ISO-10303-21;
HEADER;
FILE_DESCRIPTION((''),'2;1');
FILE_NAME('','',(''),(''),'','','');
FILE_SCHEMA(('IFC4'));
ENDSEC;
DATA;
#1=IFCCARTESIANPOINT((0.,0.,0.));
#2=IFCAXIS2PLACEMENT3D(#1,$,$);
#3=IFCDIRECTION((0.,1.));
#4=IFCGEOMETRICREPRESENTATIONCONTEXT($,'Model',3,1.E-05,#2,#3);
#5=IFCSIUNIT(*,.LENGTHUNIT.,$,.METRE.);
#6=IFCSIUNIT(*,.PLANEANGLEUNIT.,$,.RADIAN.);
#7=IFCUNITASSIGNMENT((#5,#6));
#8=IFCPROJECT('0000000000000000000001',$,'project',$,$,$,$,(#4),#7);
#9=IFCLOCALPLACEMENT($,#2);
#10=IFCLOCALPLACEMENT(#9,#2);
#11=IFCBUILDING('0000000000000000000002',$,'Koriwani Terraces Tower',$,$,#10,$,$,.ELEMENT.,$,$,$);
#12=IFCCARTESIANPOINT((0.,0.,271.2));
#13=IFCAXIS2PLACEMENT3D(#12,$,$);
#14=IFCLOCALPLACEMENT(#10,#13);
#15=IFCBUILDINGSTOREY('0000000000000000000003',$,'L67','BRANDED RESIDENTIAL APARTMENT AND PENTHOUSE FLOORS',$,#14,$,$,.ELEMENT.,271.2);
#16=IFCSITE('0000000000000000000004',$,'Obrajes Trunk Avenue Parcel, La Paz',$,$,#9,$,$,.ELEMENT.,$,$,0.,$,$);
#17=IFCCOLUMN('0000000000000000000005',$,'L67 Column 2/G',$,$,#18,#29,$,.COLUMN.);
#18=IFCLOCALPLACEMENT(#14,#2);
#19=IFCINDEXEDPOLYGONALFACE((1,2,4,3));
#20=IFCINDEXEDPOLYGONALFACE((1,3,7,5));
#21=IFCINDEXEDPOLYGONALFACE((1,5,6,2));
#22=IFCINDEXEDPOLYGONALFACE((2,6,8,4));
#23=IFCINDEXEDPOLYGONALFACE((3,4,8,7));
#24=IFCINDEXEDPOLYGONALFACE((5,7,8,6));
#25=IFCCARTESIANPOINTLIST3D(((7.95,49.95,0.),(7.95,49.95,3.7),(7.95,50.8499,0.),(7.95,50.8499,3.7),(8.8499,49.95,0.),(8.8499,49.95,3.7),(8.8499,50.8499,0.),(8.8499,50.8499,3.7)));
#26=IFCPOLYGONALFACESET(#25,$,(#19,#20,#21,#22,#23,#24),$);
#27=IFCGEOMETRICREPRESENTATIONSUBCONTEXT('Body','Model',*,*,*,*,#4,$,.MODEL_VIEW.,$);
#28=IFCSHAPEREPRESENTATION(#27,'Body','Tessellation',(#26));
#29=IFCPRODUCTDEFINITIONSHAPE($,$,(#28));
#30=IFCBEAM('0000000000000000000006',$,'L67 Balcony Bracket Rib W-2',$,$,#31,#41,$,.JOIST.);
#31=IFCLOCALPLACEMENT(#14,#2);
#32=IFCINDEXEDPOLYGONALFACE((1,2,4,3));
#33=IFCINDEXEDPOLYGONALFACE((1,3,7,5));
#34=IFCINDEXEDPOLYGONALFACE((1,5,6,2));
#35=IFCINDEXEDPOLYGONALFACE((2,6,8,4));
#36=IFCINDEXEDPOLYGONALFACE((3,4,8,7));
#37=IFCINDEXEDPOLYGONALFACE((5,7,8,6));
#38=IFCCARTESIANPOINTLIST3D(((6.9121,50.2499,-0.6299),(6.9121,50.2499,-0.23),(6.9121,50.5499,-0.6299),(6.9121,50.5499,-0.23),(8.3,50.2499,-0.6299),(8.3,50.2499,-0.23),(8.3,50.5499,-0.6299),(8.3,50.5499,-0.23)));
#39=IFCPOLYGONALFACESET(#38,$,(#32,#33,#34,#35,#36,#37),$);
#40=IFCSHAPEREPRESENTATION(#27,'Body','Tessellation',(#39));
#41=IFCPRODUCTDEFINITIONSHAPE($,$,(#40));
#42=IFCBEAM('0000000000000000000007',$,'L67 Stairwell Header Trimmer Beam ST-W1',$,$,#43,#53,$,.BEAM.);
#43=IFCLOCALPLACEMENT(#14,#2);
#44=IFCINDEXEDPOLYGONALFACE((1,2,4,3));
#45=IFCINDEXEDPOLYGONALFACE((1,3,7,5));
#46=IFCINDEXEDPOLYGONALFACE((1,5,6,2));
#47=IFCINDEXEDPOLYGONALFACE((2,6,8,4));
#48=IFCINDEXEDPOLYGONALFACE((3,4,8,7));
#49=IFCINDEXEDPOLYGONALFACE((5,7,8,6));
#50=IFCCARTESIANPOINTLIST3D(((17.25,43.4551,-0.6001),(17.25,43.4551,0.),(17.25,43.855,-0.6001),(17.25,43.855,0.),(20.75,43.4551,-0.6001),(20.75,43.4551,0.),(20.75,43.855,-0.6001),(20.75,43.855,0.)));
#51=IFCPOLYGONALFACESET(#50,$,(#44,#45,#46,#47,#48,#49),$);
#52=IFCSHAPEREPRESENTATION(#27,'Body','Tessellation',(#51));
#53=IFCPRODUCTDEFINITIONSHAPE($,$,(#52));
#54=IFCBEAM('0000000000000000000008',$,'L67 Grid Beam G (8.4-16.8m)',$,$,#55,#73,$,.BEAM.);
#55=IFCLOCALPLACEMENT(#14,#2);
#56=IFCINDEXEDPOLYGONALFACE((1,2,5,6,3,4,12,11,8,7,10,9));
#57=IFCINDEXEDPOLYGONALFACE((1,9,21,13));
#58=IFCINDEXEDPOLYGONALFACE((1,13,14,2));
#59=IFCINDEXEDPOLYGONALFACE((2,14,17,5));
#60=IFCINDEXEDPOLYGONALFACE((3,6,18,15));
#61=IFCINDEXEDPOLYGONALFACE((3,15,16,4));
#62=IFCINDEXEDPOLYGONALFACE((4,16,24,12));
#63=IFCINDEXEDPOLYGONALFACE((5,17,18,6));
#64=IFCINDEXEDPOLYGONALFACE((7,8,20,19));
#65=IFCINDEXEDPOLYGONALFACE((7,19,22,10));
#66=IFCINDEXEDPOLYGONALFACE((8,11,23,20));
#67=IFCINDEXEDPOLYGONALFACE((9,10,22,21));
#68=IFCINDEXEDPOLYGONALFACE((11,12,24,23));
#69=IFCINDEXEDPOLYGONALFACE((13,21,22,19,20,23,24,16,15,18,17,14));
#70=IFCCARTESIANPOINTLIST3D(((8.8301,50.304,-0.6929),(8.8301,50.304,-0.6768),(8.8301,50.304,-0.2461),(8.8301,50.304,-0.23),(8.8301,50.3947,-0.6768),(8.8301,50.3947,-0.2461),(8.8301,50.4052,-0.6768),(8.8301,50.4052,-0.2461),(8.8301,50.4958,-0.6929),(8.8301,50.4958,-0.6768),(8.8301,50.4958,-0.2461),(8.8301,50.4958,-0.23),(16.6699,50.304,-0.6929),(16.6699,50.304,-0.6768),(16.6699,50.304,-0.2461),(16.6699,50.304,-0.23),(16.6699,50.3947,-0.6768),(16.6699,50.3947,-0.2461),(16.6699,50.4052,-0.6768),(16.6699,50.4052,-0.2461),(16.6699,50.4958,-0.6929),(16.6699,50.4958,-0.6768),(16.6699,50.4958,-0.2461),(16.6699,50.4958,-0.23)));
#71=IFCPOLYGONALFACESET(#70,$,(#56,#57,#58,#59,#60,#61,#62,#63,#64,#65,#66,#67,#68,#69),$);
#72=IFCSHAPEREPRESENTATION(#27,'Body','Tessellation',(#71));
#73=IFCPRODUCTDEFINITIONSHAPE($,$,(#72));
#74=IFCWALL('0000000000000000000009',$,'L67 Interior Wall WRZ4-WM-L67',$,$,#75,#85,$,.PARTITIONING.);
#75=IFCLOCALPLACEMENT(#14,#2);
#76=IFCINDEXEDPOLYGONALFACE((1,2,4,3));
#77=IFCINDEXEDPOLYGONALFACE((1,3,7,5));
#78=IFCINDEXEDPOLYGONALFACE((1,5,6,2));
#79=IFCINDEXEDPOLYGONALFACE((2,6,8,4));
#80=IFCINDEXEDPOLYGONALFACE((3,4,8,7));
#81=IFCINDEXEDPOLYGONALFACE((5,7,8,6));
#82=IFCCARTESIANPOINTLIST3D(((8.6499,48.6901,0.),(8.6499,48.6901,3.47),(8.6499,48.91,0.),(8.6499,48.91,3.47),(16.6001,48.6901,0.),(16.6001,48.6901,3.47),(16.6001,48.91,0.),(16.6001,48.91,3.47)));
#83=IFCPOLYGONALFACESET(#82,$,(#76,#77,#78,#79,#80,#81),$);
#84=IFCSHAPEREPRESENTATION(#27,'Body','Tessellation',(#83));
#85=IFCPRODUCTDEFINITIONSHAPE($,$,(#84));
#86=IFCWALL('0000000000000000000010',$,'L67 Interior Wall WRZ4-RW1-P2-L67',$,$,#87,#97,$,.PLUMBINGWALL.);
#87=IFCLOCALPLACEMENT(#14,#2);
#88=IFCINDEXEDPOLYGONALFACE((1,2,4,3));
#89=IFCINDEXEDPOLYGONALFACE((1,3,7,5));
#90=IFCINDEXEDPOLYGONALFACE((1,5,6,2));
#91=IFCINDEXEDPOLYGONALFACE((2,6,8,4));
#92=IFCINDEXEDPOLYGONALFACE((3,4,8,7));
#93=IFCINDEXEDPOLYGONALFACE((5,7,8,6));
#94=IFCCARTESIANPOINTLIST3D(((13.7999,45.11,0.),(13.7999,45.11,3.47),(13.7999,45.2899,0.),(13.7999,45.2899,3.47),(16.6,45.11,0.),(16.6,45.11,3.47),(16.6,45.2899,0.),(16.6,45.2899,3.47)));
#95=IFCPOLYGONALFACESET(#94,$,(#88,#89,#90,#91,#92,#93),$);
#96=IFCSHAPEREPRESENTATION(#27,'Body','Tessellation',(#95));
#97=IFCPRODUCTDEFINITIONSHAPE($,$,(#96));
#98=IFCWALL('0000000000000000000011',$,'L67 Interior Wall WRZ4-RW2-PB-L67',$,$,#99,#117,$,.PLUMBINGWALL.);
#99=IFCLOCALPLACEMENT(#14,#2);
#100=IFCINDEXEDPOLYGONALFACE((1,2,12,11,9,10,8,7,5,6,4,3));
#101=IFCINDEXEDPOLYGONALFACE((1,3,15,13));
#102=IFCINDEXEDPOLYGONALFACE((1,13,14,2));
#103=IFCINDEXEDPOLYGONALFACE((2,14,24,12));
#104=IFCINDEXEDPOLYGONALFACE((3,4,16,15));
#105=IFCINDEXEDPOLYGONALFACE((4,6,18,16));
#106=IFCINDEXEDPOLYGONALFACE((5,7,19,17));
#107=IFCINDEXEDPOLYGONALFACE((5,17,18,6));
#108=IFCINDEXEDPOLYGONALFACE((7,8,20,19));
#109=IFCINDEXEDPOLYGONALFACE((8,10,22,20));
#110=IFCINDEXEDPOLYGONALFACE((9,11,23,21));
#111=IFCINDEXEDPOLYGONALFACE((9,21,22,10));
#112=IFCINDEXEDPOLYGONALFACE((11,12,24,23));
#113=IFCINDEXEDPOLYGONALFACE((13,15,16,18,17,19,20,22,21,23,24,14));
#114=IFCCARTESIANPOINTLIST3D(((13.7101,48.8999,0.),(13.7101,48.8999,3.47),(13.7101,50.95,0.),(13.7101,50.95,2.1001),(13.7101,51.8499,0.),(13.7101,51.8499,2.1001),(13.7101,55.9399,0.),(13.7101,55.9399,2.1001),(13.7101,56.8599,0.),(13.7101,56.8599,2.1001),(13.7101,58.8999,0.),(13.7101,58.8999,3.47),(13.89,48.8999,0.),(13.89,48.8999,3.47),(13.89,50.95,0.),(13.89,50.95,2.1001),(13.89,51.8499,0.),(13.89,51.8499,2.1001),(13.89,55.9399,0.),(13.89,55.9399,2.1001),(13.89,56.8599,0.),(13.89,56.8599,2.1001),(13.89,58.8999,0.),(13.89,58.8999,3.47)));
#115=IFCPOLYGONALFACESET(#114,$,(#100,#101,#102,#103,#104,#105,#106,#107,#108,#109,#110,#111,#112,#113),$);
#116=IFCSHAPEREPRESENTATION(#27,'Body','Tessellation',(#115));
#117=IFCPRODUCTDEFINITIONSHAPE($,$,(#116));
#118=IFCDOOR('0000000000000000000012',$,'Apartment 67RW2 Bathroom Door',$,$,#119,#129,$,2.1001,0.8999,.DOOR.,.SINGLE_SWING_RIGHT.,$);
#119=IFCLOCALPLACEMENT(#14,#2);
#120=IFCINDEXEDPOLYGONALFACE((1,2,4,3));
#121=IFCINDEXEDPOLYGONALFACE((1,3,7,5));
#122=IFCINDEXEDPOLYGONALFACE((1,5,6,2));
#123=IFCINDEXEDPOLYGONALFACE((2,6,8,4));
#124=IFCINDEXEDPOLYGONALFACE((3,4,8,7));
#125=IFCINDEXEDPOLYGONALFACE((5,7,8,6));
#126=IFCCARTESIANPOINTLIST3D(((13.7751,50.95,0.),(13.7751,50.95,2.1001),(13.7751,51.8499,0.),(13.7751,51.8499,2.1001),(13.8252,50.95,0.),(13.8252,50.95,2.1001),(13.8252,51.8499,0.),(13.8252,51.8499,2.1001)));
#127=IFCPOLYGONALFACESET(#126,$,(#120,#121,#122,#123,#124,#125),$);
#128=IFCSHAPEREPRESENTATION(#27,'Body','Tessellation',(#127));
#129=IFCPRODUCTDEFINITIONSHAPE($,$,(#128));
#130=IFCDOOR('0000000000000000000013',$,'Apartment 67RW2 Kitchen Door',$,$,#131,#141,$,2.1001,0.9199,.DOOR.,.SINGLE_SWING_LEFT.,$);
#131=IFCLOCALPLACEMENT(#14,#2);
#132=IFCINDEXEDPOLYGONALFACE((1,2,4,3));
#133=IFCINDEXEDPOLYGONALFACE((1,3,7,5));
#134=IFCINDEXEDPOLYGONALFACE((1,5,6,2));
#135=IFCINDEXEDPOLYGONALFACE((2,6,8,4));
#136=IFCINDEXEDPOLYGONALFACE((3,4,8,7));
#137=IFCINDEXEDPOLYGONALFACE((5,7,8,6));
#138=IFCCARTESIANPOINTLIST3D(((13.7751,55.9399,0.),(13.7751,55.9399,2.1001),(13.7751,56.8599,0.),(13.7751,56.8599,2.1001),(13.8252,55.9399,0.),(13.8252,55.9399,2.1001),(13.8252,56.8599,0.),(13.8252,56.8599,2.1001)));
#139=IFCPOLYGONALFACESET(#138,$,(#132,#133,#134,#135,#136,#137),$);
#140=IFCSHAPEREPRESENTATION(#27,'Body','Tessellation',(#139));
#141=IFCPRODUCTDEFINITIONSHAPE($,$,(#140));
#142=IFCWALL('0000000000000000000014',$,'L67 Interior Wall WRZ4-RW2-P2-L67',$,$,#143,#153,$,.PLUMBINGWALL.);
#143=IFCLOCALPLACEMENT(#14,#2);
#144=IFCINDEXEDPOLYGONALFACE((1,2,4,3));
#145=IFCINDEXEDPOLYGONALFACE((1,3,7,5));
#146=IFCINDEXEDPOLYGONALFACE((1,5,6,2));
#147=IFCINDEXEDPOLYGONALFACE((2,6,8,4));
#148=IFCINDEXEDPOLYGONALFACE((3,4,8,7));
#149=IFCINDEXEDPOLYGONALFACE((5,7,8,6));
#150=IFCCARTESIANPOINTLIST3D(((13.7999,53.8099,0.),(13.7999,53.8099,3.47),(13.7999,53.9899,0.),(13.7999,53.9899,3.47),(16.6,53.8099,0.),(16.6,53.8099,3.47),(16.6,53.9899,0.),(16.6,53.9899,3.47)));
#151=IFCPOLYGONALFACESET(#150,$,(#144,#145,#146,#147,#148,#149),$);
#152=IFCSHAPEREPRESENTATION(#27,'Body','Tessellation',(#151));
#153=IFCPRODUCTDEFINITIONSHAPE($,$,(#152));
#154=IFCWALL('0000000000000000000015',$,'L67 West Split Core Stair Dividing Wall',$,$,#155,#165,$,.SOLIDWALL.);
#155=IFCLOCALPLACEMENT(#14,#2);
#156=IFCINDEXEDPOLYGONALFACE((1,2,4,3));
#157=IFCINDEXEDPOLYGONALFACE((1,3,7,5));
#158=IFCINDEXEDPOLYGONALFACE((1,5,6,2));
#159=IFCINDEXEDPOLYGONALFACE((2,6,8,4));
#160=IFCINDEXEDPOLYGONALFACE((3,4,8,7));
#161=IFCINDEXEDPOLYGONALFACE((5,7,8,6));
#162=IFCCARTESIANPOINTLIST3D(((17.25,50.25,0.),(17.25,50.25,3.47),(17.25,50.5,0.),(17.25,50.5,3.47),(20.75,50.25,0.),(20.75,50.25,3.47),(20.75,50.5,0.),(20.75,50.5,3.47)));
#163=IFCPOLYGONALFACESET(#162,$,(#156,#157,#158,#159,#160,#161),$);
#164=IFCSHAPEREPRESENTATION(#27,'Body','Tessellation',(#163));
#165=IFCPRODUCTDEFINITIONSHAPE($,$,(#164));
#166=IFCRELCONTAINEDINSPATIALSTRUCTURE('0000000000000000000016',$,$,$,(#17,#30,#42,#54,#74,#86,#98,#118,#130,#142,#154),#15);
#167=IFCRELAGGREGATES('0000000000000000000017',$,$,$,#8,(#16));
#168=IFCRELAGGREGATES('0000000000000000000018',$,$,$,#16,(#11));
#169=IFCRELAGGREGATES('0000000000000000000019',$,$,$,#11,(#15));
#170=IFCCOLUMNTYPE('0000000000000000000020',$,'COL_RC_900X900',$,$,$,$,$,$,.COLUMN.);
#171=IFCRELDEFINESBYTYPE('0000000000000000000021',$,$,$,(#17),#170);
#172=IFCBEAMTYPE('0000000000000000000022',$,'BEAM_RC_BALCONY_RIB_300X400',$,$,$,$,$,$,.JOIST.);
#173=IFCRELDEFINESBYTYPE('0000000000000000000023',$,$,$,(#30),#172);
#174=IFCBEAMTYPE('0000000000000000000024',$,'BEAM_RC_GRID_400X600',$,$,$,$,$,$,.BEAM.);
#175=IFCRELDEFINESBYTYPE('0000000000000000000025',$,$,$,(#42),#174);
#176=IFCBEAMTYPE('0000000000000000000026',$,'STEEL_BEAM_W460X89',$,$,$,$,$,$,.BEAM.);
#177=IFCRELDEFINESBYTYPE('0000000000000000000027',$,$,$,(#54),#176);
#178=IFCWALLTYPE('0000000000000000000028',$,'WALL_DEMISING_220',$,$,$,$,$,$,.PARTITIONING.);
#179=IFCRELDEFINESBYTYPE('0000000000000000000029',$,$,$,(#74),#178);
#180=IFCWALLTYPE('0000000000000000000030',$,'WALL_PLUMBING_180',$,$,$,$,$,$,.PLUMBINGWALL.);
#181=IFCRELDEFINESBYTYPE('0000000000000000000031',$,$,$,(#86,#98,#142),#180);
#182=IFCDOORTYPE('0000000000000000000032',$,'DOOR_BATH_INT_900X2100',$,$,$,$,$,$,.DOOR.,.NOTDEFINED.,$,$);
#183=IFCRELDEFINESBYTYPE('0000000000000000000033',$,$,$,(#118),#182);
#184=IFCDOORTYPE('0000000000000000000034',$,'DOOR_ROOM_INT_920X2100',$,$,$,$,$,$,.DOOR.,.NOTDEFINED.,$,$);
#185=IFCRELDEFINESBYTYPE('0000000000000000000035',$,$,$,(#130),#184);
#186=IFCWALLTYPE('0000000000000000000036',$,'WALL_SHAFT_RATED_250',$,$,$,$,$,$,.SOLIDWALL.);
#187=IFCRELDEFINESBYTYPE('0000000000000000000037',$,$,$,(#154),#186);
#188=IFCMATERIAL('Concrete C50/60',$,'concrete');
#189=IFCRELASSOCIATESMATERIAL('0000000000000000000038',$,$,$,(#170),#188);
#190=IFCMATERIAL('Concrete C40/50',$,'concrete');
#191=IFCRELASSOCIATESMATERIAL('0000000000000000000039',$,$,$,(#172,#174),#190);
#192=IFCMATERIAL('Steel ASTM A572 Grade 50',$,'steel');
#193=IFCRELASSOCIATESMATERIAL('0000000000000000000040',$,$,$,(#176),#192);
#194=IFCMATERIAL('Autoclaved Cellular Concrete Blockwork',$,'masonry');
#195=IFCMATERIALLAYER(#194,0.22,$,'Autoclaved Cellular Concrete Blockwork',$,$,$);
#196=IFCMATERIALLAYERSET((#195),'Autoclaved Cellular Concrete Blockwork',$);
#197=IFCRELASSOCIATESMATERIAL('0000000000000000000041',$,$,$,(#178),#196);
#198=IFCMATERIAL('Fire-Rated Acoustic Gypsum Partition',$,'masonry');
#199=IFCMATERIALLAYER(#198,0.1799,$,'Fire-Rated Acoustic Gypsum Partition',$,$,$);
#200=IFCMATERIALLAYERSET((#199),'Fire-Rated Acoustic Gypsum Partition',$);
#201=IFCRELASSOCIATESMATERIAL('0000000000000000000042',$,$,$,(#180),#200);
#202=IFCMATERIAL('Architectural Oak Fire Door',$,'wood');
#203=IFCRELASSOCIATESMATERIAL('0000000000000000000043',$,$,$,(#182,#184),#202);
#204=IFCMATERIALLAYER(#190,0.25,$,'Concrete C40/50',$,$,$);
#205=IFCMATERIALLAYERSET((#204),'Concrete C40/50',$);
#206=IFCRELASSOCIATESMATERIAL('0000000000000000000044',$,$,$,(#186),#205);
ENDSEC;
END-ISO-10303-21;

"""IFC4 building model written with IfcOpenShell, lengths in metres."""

from ifc_helpers import new_model, si_unit, direction, frame, frame_2d, origin, origin_2d, place, context, subcontext, project, spatial, rectangle, i_section, extrude, material, layer, layer_set, material_profile, profile_set, type_object, element, fill, save


model = new_model("IFC4")

# Units and contexts
model_context = context("Model", 3, precision=1e-05, world=origin(), true_north=direction((0.0, 1.0)))
body_context = subcontext(model_context, "Body", "Model", "MODEL_VIEW")
ifc_project = project(units=[si_unit("LENGTHUNIT", "METRE"), si_unit("PLANEANGLEUNIT", "RADIAN")], contexts=[model_context])

# Site, building, storey
site_placement = place(None, origin())
site = spatial("IfcSite", under=ifc_project, at=site_placement, Name="Obrajes Trunk Avenue Parcel, La Paz", CompositionType="ELEMENT", RefElevation=0.0)
building_placement = place(site_placement, origin())
building = spatial("IfcBuilding", under=site, at=building_placement, Name="Koriwani Terraces Tower", CompositionType="ELEMENT")
storey_placement = place(building_placement, frame((0.0, 0.0, 271.2)))
storey = spatial("IfcBuildingStorey", under=building, at=storey_placement, Name="L67", Description="BRANDED RESIDENTIAL APARTMENT AND PENTHOUSE FLOORS", CompositionType="ELEMENT", Elevation=271.2)

# Column
ifc_material_1 = material(Name="Concrete C50/60", Category="concrete")
ifc_material_profile_1 = material_profile(ifc_material_1, rectangle(XDim=0.8999, YDim=0.8999, at=origin_2d()), Name="Concrete C50/60", Category="LoadBearing")
ifc_profile_set_1 = profile_set([ifc_material_profile_1], Name="Concrete C50/60")
column_type = type_object("IfcColumnType", Name="COL_RC_900X900", PredefinedType="COLUMN", material=ifc_profile_set_1)
column_placement = place(storey_placement, frame((8.3999, 50.3999, 0.0), z_axis=(0.0, 0.0, 1.0), x_axis=(1.0, 0.0, 0.0)))
element("IfcColumn", 1, at=column_placement, inside=storey, type_object=column_type, Name="L67 Column 2/G", PredefinedType="COLUMN", context=body_context, shape_type="SweptSolid", body=[
    extrude(rectangle(XDim=0.8999, YDim=0.8999, at=origin_2d()), origin(), (0.0, 0.0, 1.0), 3.7),
])

# Beams
ifc_material_2 = material(Name="Concrete C40/50", Category="concrete")
ifc_material_profile_2 = material_profile(ifc_material_2, rectangle(XDim=0.3, YDim=0.3999, at=origin_2d()), Name="Concrete C40/50", Category="LoadBearing")
ifc_profile_set_2 = profile_set([ifc_material_profile_2], Name="Concrete C40/50")
beam_type_1 = type_object("IfcBeamType", Name="BEAM_RC_BALCONY_RIB_300X400", PredefinedType="JOIST", material=ifc_profile_set_2)
beam_1_placement = place(storey_placement, frame((6.9121, 50.3999, -0.4299), z_axis=(1.0, 0.0, 0.0), x_axis=(0.0, 1.0, 0.0)))
element("IfcBeam", 2, at=beam_1_placement, inside=storey, type_object=beam_type_1, Name="L67 Balcony Bracket Rib W-2", PredefinedType="JOIST", context=body_context, shape_type="SweptSolid", body=[
    extrude(rectangle(XDim=0.3, YDim=0.3999, at=origin_2d()), origin(), (0.0, 0.0, 1.0), 1.3879),
])
ifc_material_profile_3 = material_profile(ifc_material_2, rectangle(XDim=0.3999, YDim=0.6001, at=origin_2d()), Name="Concrete C40/50", Category="LoadBearing")
ifc_profile_set_3 = profile_set([ifc_material_profile_3], Name="Concrete C40/50")
beam_type_2 = type_object("IfcBeamType", Name="BEAM_RC_GRID_400X600", PredefinedType="BEAM", material=ifc_profile_set_3)
beam_2_placement = place(storey_placement, frame((17.25, 43.655, -0.3), z_axis=(1.0, 0.0, 0.0), x_axis=(0.0, 1.0, 0.0)))
element("IfcBeam", 3, at=beam_2_placement, inside=storey, type_object=beam_type_2, Name="L67 Stairwell Header Trimmer Beam ST-W1", PredefinedType="BEAM", context=body_context, shape_type="SweptSolid", body=[
    extrude(rectangle(XDim=0.3999, YDim=0.6001, at=origin_2d()), origin(), (0.0, 0.0, 1.0), 3.5),
])
ifc_material_3 = material(Name="Steel ASTM A572 Grade 50", Category="steel")
ifc_material_profile_4 = material_profile(ifc_material_3, i_section(OverallWidth=0.1919, OverallDepth=0.4629, WebThickness=0.0105, FlangeThickness=0.0161, at=origin_2d()), Name="Steel ASTM A572 Grade 50", Category="LoadBearing")
ifc_profile_set_4 = profile_set([ifc_material_profile_4], Name="Steel ASTM A572 Grade 50")
beam_type_3 = type_object("IfcBeamType", Name="STEEL_BEAM_W460X89", PredefinedType="BEAM", material=ifc_profile_set_4)
beam_3_placement = place(storey_placement, frame((8.8301, 50.3999, -0.4614), z_axis=(1.0, 0.0, 0.0), x_axis=(0.0, 1.0, 0.0)))
element("IfcBeam", 4, at=beam_3_placement, inside=storey, type_object=beam_type_3, Name="L67 Grid Beam G (8.4-16.8m)", PredefinedType="BEAM", context=body_context, shape_type="SweptSolid", body=[
    extrude(i_section(OverallWidth=0.1919, OverallDepth=0.4629, WebThickness=0.0105, FlangeThickness=0.0161, at=origin_2d()), origin(), (0.0, 0.0, 1.0), 7.8398),
])

# Walls
ifc_material_4 = material(Name="Autoclaved Cellular Concrete Blockwork", Category="masonry")
ifc_layer_1 = layer(ifc_material_4, 0.22, Name="Autoclaved Cellular Concrete Blockwork")
ifc_layer_set_1 = layer_set([ifc_layer_1], Name="Autoclaved Cellular Concrete Blockwork")
wall_type_1 = type_object("IfcWallType", Name="WALL_DEMISING_220", PredefinedType="PARTITIONING", material=ifc_layer_set_1)
wall_1_placement = place(storey_placement, frame((8.6499, 48.8, 0.0), z_axis=(0.0, 0.0, 1.0), x_axis=(1.0, 0.0, 0.0)))
element("IfcWall", 5, at=wall_1_placement, inside=storey, type_object=wall_type_1, Name="L67 Interior Wall WRZ4-WM-L67", PredefinedType="PARTITIONING", context=body_context, shape_type="SweptSolid", body=[
    extrude(rectangle(XDim=7.9502, YDim=0.22, at=frame_2d((3.9751, 0.0))), origin(), (0.0, 0.0, 1.0), 3.47),
])
ifc_material_5 = material(Name="Fire-Rated Acoustic Gypsum Partition", Category="masonry")
ifc_layer_2 = layer(ifc_material_5, 0.1799, Name="Fire-Rated Acoustic Gypsum Partition")
ifc_layer_set_2 = layer_set([ifc_layer_2], Name="Fire-Rated Acoustic Gypsum Partition")
wall_type_2 = type_object("IfcWallType", Name="WALL_PLUMBING_180", PredefinedType="PLUMBINGWALL", material=ifc_layer_set_2)
wall_2_placement = place(storey_placement, frame((13.8, 45.2, 0.0), z_axis=(0.0, 0.0, 1.0), x_axis=(1.0, 0.0, 0.0)))
element("IfcWall", 6, at=wall_2_placement, inside=storey, type_object=wall_type_2, Name="L67 Interior Wall WRZ4-RW1-P2-L67", PredefinedType="PLUMBINGWALL", context=body_context, shape_type="SweptSolid", body=[
    extrude(rectangle(XDim=2.8, YDim=0.1799, at=frame_2d((1.3999, 0.0))), origin(), (0.0, 0.0, 1.0), 3.47),
])

# Wall, openings, doors
wall_3_placement = place(storey_placement, frame((13.8, 48.8999, 0.0), z_axis=(0.0, 0.0, 1.0), x_axis=(0.0, 1.0, 0.0)))
wall_3 = element("IfcWall", 7, at=wall_3_placement, inside=storey, type_object=wall_type_2, Name="L67 Interior Wall WRZ4-RW2-PB-L67", PredefinedType="PLUMBINGWALL", context=body_context, shape_type="SweptSolid", body=[
    extrude(rectangle(XDim=10.0, YDim=0.1799, at=frame_2d((5.0, 0.0))), origin(), (0.0, 0.0, 1.0), 3.47),
])
opening_1_placement = place(wall_3_placement, frame((2.05, 0.0, 0.0)))
opening_1 = element("IfcOpeningElement", 8, at=opening_1_placement, cuts=wall_3, PredefinedType="OPENING", context=body_context, shape_type="SweptSolid", body=[
    extrude(rectangle(XDim=0.8999, YDim=2.1001, at=frame_2d((0.45, 1.05))), frame((0.0, 0.1001, 0.0), z_axis=(0.0, -1.0, 0.0), x_axis=(1.0, 0.0, 0.0)), (0.0, 0.0, 1.0), 0.2),
])
opening_2_placement = place(wall_3_placement, frame((7.04, 0.0, 0.0)))
opening_2 = element("IfcOpeningElement", 9, at=opening_2_placement, cuts=wall_3, PredefinedType="OPENING", context=body_context, shape_type="SweptSolid", body=[
    extrude(rectangle(XDim=0.9199, YDim=2.1001, at=frame_2d((0.46, 1.05))), frame((0.0, 0.1001, 0.0), z_axis=(0.0, -1.0, 0.0), x_axis=(1.0, 0.0, 0.0)), (0.0, 0.0, 1.0), 0.2),
])
ifc_material_6 = material(Name="Architectural Oak Fire Door", Category="wood")
door_type_1 = type_object("IfcDoorType", Name="DOOR_BATH_INT_900X2100", OperationType="NOTDEFINED", PredefinedType="DOOR", material=ifc_material_6)
door_1_placement = place(opening_1_placement, origin())
door_1 = element("IfcDoor", 10, at=door_1_placement, inside=storey, type_object=door_type_1, Name="Apartment 67RW2 Bathroom Door", OperationType="SINGLE_SWING_RIGHT", OverallHeight=2.1001, OverallWidth=0.8999, PredefinedType="DOOR", context=body_context, shape_type="SweptSolid", body=[
    extrude(rectangle(XDim=0.8999, YDim=2.1001, at=frame_2d((0.45, 1.05))), frame((0.0, 0.0249, 0.0), z_axis=(0.0, -1.0, 0.0), x_axis=(1.0, 0.0, 0.0)), (0.0, 0.0, 1.0), 0.05),
])
fill(opening_1, door_1)
door_type_2 = type_object("IfcDoorType", Name="DOOR_ROOM_INT_920X2100", OperationType="NOTDEFINED", PredefinedType="DOOR", material=ifc_material_6)
door_2_placement = place(opening_2_placement, origin())
door_2 = element("IfcDoor", 11, at=door_2_placement, inside=storey, type_object=door_type_2, Name="Apartment 67RW2 Kitchen Door", OperationType="SINGLE_SWING_LEFT", OverallHeight=2.1001, OverallWidth=0.9199, PredefinedType="DOOR", context=body_context, shape_type="SweptSolid", body=[
    extrude(rectangle(XDim=0.9199, YDim=2.1001, at=frame_2d((0.46, 1.05))), frame((0.0, 0.0249, 0.0), z_axis=(0.0, -1.0, 0.0), x_axis=(1.0, 0.0, 0.0)), (0.0, 0.0, 1.0), 0.05),
])
fill(opening_2, door_2)

# Walls
wall_4_placement = place(storey_placement, frame((13.8, 53.8999, 0.0), z_axis=(0.0, 0.0, 1.0), x_axis=(1.0, 0.0, 0.0)))
element("IfcWall", 12, at=wall_4_placement, inside=storey, type_object=wall_type_2, Name="L67 Interior Wall WRZ4-RW2-P2-L67", PredefinedType="PLUMBINGWALL", context=body_context, shape_type="SweptSolid", body=[
    extrude(rectangle(XDim=2.8, YDim=0.1799, at=frame_2d((1.3999, 0.0))), origin(), (0.0, 0.0, 1.0), 3.47),
])
ifc_layer_3 = layer(ifc_material_2, 0.25, Name="Concrete C40/50")
ifc_layer_set_3 = layer_set([ifc_layer_3], Name="Concrete C40/50")
wall_type_3 = type_object("IfcWallType", Name="WALL_SHAFT_RATED_250", PredefinedType="SOLIDWALL", material=ifc_layer_set_3)
wall_5_placement = place(storey_placement, frame((17.25, 50.375, 0.0), z_axis=(0.0, 0.0, 1.0), x_axis=(1.0, 0.0, 0.0)))
element("IfcWall", 13, at=wall_5_placement, inside=storey, type_object=wall_type_3, Name="L67 West Split Core Stair Dividing Wall", PredefinedType="SOLIDWALL", context=body_context, shape_type="SweptSolid", body=[
    extrude(rectangle(XDim=3.5, YDim=0.25, at=frame_2d((1.75, 0.0))), origin(), (0.0, 0.0, 1.0), 3.47),
])

save(model, "model.ifc")
